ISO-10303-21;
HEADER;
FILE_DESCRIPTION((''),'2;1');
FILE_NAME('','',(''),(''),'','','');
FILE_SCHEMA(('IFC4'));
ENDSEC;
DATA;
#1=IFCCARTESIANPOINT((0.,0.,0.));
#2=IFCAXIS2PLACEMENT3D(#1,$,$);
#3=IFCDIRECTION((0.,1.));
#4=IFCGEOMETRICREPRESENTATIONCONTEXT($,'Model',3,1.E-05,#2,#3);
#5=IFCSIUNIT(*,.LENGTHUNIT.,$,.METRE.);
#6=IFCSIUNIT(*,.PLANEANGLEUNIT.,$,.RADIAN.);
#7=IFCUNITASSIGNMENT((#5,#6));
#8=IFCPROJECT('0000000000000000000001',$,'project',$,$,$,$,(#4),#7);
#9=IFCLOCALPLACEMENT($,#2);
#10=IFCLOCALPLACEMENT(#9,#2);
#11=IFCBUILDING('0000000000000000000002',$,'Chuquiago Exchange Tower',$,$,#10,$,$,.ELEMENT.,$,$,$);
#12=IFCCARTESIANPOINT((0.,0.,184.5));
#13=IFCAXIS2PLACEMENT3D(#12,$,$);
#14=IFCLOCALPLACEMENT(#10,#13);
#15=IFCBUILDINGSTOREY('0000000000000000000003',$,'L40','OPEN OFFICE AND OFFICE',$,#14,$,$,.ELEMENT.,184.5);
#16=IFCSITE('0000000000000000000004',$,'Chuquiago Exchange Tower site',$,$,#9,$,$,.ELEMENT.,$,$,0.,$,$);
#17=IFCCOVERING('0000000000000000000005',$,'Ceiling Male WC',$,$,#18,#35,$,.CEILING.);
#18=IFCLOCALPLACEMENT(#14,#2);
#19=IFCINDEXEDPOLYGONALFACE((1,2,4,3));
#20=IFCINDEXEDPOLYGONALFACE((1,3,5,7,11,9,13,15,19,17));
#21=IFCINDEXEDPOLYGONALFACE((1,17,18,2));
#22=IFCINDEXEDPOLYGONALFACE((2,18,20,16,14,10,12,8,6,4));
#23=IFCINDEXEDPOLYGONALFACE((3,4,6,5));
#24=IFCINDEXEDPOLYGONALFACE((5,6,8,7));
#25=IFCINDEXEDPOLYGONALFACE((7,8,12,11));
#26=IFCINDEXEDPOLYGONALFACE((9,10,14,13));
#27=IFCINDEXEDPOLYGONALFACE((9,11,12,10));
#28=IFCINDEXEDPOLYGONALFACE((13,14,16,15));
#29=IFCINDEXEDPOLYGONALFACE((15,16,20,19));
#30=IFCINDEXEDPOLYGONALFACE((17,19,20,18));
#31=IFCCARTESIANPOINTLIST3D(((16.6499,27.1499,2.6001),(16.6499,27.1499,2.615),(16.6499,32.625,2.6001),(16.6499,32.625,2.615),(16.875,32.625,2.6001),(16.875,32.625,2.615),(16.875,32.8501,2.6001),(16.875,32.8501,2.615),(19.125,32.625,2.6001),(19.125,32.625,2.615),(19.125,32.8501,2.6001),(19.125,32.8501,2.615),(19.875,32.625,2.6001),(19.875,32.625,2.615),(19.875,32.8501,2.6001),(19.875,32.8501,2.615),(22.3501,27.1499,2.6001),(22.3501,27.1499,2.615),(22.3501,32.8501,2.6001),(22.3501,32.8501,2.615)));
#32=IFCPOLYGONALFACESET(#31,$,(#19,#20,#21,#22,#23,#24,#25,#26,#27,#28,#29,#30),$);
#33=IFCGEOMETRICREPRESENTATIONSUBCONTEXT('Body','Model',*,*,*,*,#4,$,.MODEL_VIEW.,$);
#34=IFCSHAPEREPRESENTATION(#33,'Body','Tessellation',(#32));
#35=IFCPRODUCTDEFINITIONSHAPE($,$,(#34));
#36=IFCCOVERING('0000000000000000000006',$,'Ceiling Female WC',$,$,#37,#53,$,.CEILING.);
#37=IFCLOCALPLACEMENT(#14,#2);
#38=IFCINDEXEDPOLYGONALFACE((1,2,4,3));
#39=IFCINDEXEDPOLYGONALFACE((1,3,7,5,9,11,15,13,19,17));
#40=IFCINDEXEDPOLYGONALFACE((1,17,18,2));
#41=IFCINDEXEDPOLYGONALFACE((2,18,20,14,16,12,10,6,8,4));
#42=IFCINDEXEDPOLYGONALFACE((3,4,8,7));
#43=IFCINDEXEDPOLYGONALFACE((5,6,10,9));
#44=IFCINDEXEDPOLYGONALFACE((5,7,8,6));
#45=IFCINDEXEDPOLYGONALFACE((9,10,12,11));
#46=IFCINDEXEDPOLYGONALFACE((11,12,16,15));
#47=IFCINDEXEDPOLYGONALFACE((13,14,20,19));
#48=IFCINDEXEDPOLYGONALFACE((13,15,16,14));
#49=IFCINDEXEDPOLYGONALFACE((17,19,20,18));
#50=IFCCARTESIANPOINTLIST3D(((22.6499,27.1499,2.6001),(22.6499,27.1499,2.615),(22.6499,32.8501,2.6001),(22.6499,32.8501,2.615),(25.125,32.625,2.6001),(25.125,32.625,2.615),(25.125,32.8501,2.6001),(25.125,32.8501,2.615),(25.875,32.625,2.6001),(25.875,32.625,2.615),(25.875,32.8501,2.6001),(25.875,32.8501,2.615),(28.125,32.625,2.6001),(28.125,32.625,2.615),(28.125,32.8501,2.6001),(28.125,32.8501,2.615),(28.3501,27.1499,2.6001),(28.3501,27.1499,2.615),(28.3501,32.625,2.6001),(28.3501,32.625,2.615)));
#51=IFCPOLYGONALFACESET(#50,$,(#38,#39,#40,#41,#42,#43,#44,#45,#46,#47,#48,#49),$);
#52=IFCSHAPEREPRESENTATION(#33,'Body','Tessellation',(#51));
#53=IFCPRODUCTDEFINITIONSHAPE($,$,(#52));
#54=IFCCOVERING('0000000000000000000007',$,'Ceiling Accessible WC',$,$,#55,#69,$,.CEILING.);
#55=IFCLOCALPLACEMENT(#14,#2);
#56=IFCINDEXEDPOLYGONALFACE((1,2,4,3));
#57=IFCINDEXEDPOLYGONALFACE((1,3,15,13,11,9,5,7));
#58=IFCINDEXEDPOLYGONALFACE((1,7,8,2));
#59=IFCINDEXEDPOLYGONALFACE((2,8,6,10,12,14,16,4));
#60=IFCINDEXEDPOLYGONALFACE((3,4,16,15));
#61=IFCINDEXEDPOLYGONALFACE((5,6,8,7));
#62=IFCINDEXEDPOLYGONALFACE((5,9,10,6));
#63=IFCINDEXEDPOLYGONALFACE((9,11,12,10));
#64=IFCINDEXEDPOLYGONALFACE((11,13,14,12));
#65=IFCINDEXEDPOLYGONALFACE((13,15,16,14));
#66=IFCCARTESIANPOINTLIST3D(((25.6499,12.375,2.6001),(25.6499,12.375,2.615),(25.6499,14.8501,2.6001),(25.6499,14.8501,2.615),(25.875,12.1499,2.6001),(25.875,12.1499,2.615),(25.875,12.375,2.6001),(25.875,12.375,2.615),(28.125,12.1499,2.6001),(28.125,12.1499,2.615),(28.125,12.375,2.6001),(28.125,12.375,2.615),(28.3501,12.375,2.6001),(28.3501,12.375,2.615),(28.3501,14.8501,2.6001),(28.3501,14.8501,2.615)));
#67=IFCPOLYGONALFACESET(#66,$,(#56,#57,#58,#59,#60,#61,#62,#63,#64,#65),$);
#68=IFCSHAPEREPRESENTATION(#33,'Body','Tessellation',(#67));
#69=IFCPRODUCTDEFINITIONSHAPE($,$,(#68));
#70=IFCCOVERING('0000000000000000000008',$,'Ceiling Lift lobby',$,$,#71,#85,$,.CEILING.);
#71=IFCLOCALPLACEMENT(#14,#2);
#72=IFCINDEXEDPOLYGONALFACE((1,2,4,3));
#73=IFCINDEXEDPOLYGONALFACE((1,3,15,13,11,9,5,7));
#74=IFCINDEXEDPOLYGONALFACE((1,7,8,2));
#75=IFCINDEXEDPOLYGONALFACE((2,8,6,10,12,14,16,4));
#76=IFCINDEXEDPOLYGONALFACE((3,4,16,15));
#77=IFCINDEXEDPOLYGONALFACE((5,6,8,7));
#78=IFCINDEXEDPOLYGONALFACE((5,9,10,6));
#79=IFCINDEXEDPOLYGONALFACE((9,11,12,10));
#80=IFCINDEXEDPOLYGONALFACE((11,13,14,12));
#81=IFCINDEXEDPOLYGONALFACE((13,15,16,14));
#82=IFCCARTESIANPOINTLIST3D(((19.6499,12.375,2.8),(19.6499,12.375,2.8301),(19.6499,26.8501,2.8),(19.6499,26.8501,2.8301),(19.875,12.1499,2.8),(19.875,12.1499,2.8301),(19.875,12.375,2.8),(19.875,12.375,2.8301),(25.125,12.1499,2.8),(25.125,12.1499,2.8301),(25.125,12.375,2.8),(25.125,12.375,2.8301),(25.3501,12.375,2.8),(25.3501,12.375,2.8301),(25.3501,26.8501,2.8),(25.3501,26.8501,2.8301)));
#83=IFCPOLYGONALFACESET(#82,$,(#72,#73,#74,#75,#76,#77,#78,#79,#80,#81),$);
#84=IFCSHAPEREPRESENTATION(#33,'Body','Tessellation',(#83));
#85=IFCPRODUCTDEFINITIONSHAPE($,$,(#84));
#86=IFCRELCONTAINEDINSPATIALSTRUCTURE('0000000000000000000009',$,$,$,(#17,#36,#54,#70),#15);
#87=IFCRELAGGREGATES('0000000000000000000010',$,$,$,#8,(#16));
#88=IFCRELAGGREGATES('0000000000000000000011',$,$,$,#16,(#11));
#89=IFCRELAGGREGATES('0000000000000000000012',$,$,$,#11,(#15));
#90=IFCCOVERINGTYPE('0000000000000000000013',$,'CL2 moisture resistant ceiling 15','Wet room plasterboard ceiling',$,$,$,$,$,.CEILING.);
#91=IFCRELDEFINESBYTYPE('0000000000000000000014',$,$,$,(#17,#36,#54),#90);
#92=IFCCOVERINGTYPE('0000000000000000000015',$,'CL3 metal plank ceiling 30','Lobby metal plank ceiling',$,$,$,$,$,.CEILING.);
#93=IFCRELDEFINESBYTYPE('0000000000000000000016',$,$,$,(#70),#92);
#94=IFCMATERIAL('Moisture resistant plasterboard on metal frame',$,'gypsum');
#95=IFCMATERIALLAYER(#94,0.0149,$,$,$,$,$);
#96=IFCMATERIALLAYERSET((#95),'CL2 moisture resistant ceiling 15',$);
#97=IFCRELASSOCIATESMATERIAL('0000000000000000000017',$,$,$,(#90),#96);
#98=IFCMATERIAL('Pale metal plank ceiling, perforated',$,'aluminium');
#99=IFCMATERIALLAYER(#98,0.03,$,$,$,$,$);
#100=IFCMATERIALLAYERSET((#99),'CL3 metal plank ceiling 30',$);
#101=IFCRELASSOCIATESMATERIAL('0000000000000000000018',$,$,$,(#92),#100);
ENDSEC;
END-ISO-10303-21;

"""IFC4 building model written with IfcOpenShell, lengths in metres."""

from ifc_helpers import new_model, si_unit, direction, frame, origin, place, context, subcontext, project, spatial, polyline, outline, extrude, material, layer, layer_set, type_object, element, save


model = new_model("IFC4")

# Units and contexts
model_context = context("Model", 3, precision=1e-05, world=origin(), true_north=direction((0.0, 1.0)))
body_context = subcontext(model_context, "Body", "Model", "MODEL_VIEW")
ifc_project = project(units=[si_unit("LENGTHUNIT", "METRE"), si_unit("PLANEANGLEUNIT", "RADIAN")], contexts=[model_context])

# Site, building, storey
site_placement = place(None, origin())
site = spatial("IfcSite", under=ifc_project, at=site_placement, Name="Chuquiago Exchange Tower site", CompositionType="ELEMENT", RefElevation=0.0)
building_placement = place(site_placement, origin())
building = spatial("IfcBuilding", under=site, at=building_placement, Name="Chuquiago Exchange Tower", CompositionType="ELEMENT")
storey_placement = place(building_placement, frame((0.0, 0.0, 184.5)))
storey = spatial("IfcBuildingStorey", under=building, at=storey_placement, Name="L40", Description="OPEN OFFICE AND OFFICE", CompositionType="ELEMENT", Elevation=184.5)

# Coverings
ifc_material_1 = material(Name="Moisture resistant plasterboard on metal frame", Category="gypsum")
ifc_layer_1 = layer(ifc_material_1, 0.0149)
ifc_layer_set_1 = layer_set([ifc_layer_1], Name="CL2 moisture resistant ceiling 15")
covering_type_1 = type_object("IfcCoveringType", Name="CL2 moisture resistant ceiling 15", Description="Wet room plasterboard ceiling", PredefinedType="CEILING", material=ifc_layer_set_1)
covering_1_placement = place(storey_placement, frame((0.0, 0.0, 2.6001)))
element("IfcCovering", 1, at=covering_1_placement, inside=storey, type_object=covering_type_1, Name="Ceiling Male WC", PredefinedType="CEILING", context=body_context, shape_type="SweptSolid", body=[
    extrude(outline(polyline([(16.6499, 27.1499), (16.6499, 32.625), (16.875, 32.625), (16.875, 32.8501), (19.125, 32.8501), (19.125, 32.625), (19.875, 32.625), (19.875, 32.8501), (22.3501, 32.8501), (22.3501, 27.1499), (16.6499, 27.1499)])), origin(), (0.0, 0.0, 1.0), 0.0149),
])
covering_2_placement = place(storey_placement, frame((0.0, 0.0, 2.6001)))
element("IfcCovering", 2, at=covering_2_placement, inside=storey, type_object=covering_type_1, Name="Ceiling Female WC", PredefinedType="CEILING", context=body_context, shape_type="SweptSolid", body=[
    extrude(outline(polyline([(22.6499, 27.1499), (22.6499, 32.8501), (25.125, 32.8501), (25.125, 32.625), (25.875, 32.625), (25.875, 32.8501), (28.125, 32.8501), (28.125, 32.625), (28.3501, 32.625), (28.3501, 27.1499), (22.6499, 27.1499)])), origin(), (0.0, 0.0, 1.0), 0.0149),
])
covering_3_placement = place(storey_placement, frame((0.0, 0.0, 2.6001)))
element("IfcCovering", 3, at=covering_3_placement, inside=storey, type_object=covering_type_1, Name="Ceiling Accessible WC", PredefinedType="CEILING", context=body_context, shape_type="SweptSolid", body=[
    extrude(outline(polyline([(25.875, 12.1499), (25.875, 12.375), (25.6499, 12.375), (25.6499, 14.8501), (28.3501, 14.8501), (28.3501, 12.375), (28.125, 12.375), (28.125, 12.1499), (25.875, 12.1499)])), origin(), (0.0, 0.0, 1.0), 0.0149),
])
ifc_material_2 = material(Name="Pale metal plank ceiling, perforated", Category="aluminium")
ifc_layer_2 = layer(ifc_material_2, 0.03)
ifc_layer_set_2 = layer_set([ifc_layer_2], Name="CL3 metal plank ceiling 30")
covering_type_2 = type_object("IfcCoveringType", Name="CL3 metal plank ceiling 30", Description="Lobby metal plank ceiling", PredefinedType="CEILING", material=ifc_layer_set_2)
covering_4_placement = place(storey_placement, frame((0.0, 0.0, 2.8)))
element("IfcCovering", 4, at=covering_4_placement, inside=storey, type_object=covering_type_2, Name="Ceiling Lift lobby", PredefinedType="CEILING", context=body_context, shape_type="SweptSolid", body=[
    extrude(outline(polyline([(19.875, 12.1499), (19.875, 12.375), (19.6499, 12.375), (19.6499, 26.8501), (25.3501, 26.8501), (25.3501, 12.375), (25.125, 12.375), (25.125, 12.1499), (19.875, 12.1499)])), origin(), (0.0, 0.0, 1.0), 0.03),
])

save(model, "model.ifc")
